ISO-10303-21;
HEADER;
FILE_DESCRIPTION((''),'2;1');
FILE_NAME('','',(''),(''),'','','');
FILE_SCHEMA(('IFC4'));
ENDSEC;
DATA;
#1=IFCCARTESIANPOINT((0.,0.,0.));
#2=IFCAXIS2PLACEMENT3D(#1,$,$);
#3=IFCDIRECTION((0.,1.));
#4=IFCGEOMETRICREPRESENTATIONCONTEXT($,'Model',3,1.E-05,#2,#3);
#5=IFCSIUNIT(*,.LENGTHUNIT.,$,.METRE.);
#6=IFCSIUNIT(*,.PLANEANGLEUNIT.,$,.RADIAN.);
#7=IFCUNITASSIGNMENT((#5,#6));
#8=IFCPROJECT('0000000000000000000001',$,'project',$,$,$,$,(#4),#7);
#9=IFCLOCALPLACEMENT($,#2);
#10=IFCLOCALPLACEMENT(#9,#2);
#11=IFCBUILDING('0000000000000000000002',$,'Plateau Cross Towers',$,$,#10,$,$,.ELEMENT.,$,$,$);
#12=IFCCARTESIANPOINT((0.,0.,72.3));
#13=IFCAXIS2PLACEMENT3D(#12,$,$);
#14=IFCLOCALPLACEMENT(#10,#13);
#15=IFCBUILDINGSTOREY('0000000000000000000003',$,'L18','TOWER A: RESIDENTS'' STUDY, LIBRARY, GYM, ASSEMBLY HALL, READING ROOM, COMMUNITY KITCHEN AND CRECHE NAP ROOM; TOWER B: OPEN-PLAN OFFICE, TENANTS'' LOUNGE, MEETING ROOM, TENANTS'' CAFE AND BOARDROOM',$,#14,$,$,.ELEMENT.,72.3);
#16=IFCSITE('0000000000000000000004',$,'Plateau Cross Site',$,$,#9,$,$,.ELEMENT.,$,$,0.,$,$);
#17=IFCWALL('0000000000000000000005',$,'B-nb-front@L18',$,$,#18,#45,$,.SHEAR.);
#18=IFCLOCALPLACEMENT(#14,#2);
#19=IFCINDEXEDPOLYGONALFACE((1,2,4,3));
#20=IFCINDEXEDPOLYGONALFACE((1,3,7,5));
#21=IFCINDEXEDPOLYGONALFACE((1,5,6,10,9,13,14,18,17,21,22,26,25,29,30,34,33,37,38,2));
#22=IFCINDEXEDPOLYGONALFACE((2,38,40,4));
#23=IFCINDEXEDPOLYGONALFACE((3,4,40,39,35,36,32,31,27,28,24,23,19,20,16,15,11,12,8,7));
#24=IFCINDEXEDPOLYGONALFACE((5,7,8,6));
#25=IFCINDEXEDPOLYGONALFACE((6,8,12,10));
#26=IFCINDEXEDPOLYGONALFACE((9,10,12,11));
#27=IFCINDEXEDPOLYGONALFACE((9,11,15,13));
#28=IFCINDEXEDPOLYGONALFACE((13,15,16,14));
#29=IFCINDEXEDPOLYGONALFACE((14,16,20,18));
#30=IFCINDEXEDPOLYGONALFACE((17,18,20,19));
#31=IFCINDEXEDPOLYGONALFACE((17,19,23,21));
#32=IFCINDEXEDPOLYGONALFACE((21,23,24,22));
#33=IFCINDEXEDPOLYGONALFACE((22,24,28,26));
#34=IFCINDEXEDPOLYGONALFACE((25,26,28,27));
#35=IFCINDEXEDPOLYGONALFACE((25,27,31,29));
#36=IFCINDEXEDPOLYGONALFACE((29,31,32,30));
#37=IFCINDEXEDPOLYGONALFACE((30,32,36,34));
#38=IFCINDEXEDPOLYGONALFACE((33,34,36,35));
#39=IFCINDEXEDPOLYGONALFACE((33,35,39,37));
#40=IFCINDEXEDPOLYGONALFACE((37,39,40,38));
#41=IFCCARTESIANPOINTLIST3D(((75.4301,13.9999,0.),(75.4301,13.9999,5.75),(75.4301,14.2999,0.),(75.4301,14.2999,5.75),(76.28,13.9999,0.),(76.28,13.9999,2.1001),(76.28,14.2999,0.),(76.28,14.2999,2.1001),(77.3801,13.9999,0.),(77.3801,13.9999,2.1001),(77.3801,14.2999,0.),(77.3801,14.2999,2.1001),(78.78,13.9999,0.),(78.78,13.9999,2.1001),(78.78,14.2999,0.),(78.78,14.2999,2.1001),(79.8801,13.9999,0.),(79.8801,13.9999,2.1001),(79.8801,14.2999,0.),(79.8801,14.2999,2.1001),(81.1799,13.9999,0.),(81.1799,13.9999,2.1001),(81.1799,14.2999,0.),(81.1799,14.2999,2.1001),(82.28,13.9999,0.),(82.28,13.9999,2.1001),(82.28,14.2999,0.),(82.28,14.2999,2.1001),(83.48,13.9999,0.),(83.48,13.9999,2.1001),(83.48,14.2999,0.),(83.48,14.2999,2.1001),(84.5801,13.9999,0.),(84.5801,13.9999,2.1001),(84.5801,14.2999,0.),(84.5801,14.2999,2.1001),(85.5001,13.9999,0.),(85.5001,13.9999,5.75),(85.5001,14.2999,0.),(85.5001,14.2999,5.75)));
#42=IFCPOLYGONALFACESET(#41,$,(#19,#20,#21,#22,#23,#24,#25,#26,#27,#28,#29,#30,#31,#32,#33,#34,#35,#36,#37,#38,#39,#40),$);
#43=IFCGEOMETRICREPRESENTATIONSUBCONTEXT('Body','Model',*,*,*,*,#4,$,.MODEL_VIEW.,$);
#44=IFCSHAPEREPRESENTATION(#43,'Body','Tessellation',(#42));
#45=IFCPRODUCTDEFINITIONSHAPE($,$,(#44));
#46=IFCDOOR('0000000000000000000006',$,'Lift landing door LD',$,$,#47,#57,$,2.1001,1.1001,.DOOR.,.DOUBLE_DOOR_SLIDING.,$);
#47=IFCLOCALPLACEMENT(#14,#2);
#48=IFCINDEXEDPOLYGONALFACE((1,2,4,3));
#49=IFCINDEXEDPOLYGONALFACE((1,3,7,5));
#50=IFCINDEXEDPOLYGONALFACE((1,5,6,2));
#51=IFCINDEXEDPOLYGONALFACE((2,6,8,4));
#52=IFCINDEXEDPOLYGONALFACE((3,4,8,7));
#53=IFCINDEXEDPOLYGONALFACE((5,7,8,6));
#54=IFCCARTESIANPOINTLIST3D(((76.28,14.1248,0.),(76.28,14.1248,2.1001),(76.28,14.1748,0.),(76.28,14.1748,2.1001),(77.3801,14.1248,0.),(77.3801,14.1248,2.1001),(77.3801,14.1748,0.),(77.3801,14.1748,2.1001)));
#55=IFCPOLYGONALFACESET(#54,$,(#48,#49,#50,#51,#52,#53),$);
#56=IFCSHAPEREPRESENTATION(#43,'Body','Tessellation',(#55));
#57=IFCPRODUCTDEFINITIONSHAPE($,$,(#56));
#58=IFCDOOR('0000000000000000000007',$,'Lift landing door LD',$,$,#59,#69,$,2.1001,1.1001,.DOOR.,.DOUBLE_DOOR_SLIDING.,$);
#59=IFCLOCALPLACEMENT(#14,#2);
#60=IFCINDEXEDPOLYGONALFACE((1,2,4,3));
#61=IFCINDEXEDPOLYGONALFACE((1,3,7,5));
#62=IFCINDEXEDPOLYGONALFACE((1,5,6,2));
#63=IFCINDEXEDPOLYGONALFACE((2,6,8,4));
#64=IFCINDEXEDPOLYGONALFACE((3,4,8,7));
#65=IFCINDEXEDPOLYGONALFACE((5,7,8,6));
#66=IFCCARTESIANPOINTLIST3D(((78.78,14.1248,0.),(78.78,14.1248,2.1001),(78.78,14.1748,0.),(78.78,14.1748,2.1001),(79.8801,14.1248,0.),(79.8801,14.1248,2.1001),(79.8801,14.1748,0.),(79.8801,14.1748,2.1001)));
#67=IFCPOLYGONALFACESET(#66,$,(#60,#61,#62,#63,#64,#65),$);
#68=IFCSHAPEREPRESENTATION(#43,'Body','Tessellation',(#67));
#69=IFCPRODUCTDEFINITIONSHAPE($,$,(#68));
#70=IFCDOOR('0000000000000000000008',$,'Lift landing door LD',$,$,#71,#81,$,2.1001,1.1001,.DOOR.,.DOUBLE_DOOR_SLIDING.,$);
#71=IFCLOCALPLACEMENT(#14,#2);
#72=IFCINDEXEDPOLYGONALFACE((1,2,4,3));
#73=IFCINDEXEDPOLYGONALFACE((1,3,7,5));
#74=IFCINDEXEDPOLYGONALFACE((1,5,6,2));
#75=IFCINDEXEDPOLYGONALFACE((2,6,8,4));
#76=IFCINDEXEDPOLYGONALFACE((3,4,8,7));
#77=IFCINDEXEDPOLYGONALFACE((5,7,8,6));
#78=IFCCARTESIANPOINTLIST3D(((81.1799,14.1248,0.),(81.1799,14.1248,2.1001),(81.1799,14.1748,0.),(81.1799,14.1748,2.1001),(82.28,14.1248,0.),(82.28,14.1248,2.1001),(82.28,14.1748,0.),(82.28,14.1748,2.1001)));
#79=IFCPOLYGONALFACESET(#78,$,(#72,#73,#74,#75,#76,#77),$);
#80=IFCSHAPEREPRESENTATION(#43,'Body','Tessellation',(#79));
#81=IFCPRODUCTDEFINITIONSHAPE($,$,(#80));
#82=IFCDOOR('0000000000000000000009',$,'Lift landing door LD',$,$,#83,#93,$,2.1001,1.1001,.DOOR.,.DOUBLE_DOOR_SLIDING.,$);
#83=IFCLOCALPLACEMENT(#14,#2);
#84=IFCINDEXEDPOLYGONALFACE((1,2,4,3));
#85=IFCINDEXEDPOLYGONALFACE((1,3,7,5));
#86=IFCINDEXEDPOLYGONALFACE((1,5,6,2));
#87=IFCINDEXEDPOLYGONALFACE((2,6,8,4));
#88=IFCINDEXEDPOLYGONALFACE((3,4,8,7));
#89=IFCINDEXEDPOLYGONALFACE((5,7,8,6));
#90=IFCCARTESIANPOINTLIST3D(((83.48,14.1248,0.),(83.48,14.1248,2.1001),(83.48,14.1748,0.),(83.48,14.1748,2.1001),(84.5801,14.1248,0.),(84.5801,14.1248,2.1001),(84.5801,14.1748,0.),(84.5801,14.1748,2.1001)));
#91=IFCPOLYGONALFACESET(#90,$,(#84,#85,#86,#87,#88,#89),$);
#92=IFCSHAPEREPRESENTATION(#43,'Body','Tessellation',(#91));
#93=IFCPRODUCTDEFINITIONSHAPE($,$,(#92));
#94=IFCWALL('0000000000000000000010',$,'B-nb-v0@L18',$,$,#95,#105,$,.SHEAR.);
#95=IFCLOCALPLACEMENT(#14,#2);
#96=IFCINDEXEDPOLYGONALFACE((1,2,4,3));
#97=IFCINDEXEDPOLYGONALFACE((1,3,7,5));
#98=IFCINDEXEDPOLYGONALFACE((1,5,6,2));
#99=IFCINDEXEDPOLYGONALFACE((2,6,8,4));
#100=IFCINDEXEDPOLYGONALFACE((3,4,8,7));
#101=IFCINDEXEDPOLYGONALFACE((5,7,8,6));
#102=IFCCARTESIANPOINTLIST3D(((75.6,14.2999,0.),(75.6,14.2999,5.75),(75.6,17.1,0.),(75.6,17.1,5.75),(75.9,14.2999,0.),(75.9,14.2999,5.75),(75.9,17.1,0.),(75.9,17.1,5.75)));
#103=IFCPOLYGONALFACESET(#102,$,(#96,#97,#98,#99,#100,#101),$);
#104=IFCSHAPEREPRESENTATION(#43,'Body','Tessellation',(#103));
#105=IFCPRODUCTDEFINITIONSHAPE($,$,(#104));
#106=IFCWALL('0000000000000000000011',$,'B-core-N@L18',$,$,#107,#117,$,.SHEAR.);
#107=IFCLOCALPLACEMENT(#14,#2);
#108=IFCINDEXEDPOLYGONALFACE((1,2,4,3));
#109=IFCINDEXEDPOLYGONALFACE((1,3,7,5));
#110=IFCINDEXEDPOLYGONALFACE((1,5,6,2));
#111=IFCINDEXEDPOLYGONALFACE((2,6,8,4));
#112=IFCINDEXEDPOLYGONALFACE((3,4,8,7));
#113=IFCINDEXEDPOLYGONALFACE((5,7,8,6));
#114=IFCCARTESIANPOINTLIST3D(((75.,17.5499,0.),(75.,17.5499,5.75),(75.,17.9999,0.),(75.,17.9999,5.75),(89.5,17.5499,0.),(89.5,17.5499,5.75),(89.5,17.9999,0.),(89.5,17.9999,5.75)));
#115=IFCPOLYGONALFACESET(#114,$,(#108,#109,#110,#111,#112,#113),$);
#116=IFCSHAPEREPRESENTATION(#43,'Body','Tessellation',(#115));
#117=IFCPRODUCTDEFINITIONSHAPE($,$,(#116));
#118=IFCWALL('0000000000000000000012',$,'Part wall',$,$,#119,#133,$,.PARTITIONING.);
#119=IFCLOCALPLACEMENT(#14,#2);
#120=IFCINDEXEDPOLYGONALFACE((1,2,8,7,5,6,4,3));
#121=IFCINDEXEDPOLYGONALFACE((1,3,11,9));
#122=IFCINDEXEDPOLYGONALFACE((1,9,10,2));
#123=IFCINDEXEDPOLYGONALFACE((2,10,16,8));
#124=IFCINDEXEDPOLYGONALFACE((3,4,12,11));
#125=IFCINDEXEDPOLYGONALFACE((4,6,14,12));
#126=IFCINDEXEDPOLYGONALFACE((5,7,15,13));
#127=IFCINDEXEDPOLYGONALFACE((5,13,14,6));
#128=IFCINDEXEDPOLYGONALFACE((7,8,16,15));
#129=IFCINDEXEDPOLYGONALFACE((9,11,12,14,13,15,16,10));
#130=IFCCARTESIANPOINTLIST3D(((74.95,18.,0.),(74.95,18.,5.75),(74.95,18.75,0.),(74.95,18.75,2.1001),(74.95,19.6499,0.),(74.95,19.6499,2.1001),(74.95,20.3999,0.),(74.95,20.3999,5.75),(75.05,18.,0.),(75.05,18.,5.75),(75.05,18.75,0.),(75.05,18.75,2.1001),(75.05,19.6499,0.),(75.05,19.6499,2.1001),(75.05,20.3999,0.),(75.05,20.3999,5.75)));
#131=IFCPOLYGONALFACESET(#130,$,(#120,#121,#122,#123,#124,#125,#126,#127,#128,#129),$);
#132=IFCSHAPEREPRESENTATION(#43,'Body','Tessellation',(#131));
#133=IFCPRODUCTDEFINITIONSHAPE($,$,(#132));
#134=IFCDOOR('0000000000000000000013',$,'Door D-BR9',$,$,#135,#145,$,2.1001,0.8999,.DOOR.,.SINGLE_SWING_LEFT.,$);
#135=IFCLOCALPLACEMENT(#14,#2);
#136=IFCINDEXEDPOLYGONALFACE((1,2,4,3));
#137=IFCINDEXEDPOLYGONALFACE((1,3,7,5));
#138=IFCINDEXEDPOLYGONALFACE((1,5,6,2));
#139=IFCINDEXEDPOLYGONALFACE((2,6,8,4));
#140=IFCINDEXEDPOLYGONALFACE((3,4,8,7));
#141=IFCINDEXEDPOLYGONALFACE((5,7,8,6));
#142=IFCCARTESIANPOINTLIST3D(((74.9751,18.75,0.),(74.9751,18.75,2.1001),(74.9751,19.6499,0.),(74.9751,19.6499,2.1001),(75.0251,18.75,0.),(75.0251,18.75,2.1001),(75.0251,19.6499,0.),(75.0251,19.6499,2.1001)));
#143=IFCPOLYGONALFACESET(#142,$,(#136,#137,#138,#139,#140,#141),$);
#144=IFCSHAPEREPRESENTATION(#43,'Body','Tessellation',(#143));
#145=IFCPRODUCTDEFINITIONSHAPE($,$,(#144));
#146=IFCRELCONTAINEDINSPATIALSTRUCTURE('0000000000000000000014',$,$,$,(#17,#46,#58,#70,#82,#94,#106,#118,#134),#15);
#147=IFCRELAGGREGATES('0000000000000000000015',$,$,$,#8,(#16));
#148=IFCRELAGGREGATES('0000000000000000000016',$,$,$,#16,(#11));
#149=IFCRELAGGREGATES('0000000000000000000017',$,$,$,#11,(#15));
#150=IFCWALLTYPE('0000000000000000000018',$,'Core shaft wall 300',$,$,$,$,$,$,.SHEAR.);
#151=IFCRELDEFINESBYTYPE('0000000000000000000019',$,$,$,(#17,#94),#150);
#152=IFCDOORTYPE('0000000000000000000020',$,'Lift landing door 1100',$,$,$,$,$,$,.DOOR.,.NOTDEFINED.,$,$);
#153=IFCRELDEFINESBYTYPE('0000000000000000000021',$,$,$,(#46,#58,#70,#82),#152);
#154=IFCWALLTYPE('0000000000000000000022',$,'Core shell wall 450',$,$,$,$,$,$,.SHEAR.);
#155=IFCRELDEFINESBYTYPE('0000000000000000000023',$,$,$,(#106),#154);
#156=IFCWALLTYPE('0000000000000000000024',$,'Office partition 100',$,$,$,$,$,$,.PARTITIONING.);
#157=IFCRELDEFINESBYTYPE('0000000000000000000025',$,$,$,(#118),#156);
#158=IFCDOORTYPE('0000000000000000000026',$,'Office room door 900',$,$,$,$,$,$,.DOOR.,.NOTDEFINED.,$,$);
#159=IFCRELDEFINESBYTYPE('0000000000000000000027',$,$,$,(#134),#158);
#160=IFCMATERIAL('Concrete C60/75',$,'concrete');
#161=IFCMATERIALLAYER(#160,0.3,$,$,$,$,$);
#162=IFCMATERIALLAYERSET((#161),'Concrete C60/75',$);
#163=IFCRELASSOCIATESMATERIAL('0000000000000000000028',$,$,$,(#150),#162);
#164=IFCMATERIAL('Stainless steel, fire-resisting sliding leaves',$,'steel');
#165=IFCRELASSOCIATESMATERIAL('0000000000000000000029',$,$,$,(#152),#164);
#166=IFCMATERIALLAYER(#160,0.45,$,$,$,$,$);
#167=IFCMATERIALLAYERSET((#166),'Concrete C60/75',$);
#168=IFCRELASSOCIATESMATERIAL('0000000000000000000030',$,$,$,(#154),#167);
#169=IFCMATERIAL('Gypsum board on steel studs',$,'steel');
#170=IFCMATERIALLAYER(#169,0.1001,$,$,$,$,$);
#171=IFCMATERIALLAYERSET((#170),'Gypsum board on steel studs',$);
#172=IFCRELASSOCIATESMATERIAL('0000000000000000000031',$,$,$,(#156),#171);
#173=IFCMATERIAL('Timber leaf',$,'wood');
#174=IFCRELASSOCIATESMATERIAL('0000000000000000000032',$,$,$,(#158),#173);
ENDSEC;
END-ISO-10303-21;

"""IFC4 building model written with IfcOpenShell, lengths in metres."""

from ifc_helpers import new_model, si_unit, direction, frame, frame_2d, origin, place, context, subcontext, project, spatial, rectangle, extrude, material, layer, layer_set, type_object, element, fill, save


model = new_model("IFC4")

# Units and contexts
model_context = context("Model", 3, precision=1e-05, world=origin(), true_north=direction((0.0, 1.0)))
body_context = subcontext(model_context, "Body", "Model", "MODEL_VIEW")
ifc_project = project(units=[si_unit("LENGTHUNIT", "METRE"), si_unit("PLANEANGLEUNIT", "RADIAN")], contexts=[model_context])

# Site, building, storey
site_placement = place(None, origin())
site = spatial("IfcSite", under=ifc_project, at=site_placement, Name="Plateau Cross Site", CompositionType="ELEMENT", RefElevation=0.0)
building_placement = place(site_placement, origin())
building = spatial("IfcBuilding", under=site, at=building_placement, Name="Plateau Cross Towers", CompositionType="ELEMENT")
storey_placement = place(building_placement, frame((0.0, 0.0, 72.3)))
storey = spatial("IfcBuildingStorey", under=building, at=storey_placement, Name="L18", Description="TOWER A: RESIDENTS' STUDY, LIBRARY, GYM, ASSEMBLY HALL, READING ROOM, COMMUNITY KITCHEN AND CRECHE NAP ROOM; TOWER B: OPEN-PLAN OFFICE, TENANTS' LOUNGE, MEETING ROOM, TENANTS' CAFE AND BOARDROOM", CompositionType="ELEMENT", Elevation=72.3)

# Shared definitions
ifc_material_1 = material(Name="Concrete C60/75", Category="concrete")

# Shared definitions
ifc_layer_1 = layer(ifc_material_1, 0.3)
ifc_layer_set_1 = layer_set([ifc_layer_1], Name="Concrete C60/75")
wall_type_1 = type_object("IfcWallType", Name="Core shaft wall 300", PredefinedType="SHEAR", material=ifc_layer_set_1)

# Wall, openings, doors
wall_1_placement = place(storey_placement, frame((75.4299, 14.1499, 0.0), z_axis=(0.0, 0.0, 1.0), x_axis=(1.0, 0.0, 0.0)))
wall_1 = element("IfcWall", 1, at=wall_1_placement, inside=storey, type_object=wall_type_1, Name="B-nb-front@L18", PredefinedType="SHEAR", context=body_context, shape_type="SweptSolid", body=[
    extrude(rectangle(XDim=10.0701, YDim=0.3, at=frame_2d((5.0352, 0.0))), origin(), (0.0, 0.0, 1.0), 5.75),
])
opening_1_placement = place(wall_1_placement, frame((0.8501, 0.0, 0.0)))
opening_1 = element("IfcOpeningElement", 2, at=opening_1_placement, cuts=wall_1, PredefinedType="OPENING", context=body_context, shape_type="SweptSolid", body=[
    extrude(rectangle(XDim=1.1001, YDim=2.1001, at=frame_2d((0.55, 1.05))), frame((0.0, 0.1599, 0.0), z_axis=(0.0, -1.0, 0.0), x_axis=(1.0, 0.0, 0.0)), (0.0, 0.0, 1.0), 0.3201),
])
opening_2_placement = place(wall_1_placement, frame((3.3501, 0.0, 0.0)))
opening_2 = element("IfcOpeningElement", 3, at=opening_2_placement, cuts=wall_1, PredefinedType="OPENING", context=body_context, shape_type="SweptSolid", body=[
    extrude(rectangle(XDim=1.1001, YDim=2.1001, at=frame_2d((0.55, 1.05))), frame((0.0, 0.1599, 0.0), z_axis=(0.0, -1.0, 0.0), x_axis=(1.0, 0.0, 0.0)), (0.0, 0.0, 1.0), 0.3201),
])
opening_3_placement = place(wall_1_placement, frame((5.75, 0.0, 0.0)))
opening_3 = element("IfcOpeningElement", 4, at=opening_3_placement, cuts=wall_1, PredefinedType="OPENING", context=body_context, shape_type="SweptSolid", body=[
    extrude(rectangle(XDim=1.1001, YDim=2.1001, at=frame_2d((0.55, 1.05))), frame((0.0, 0.1599, 0.0), z_axis=(0.0, -1.0, 0.0), x_axis=(1.0, 0.0, 0.0)), (0.0, 0.0, 1.0), 0.3201),
])
opening_4_placement = place(wall_1_placement, frame((8.05, 0.0, 0.0)))
opening_4 = element("IfcOpeningElement", 5, at=opening_4_placement, cuts=wall_1, PredefinedType="OPENING", context=body_context, shape_type="SweptSolid", body=[
    extrude(rectangle(XDim=1.1001, YDim=2.1001, at=frame_2d((0.55, 1.05))), frame((0.0, 0.1599, 0.0), z_axis=(0.0, -1.0, 0.0), x_axis=(1.0, 0.0, 0.0)), (0.0, 0.0, 1.0), 0.3201),
])
ifc_material_2 = material(Name="Stainless steel, fire-resisting sliding leaves", Category="steel")
door_type_1 = type_object("IfcDoorType", Name="Lift landing door 1100", OperationType="NOTDEFINED", PredefinedType="DOOR", material=ifc_material_2)
door_1_placement = place(opening_1_placement, origin())
door_1 = element("IfcDoor", 6, at=door_1_placement, inside=storey, type_object=door_type_1, Name="Lift landing door LD", OperationType="DOUBLE_DOOR_SLIDING", OverallHeight=2.1001, OverallWidth=1.1001, PredefinedType="DOOR", context=body_context, shape_type="SweptSolid", body=[
    extrude(rectangle(XDim=1.1001, YDim=2.1001, at=frame_2d((0.55, 1.05))), frame((0.0, 0.0249, 0.0), z_axis=(0.0, -1.0, 0.0), x_axis=(1.0, 0.0, 0.0)), (0.0, 0.0, 1.0), 0.05),
])
fill(opening_1, door_1)
door_2_placement = place(opening_2_placement, origin())
door_2 = element("IfcDoor", 7, at=door_2_placement, inside=storey, type_object=door_type_1, Name="Lift landing door LD", OperationType="DOUBLE_DOOR_SLIDING", OverallHeight=2.1001, OverallWidth=1.1001, PredefinedType="DOOR", context=body_context, shape_type="SweptSolid", body=[
    extrude(rectangle(XDim=1.1001, YDim=2.1001, at=frame_2d((0.55, 1.05))), frame((0.0, 0.0249, 0.0), z_axis=(0.0, -1.0, 0.0), x_axis=(1.0, 0.0, 0.0)), (0.0, 0.0, 1.0), 0.05),
])
fill(opening_2, door_2)
door_3_placement = place(opening_3_placement, origin())
door_3 = element("IfcDoor", 8, at=door_3_placement, inside=storey, type_object=door_type_1, Name="Lift landing door LD", OperationType="DOUBLE_DOOR_SLIDING", OverallHeight=2.1001, OverallWidth=1.1001, PredefinedType="DOOR", context=body_context, shape_type="SweptSolid", body=[
    extrude(rectangle(XDim=1.1001, YDim=2.1001, at=frame_2d((0.55, 1.05))), frame((0.0, 0.0249, 0.0), z_axis=(0.0, -1.0, 0.0), x_axis=(1.0, 0.0, 0.0)), (0.0, 0.0, 1.0), 0.05),
])
fill(opening_3, door_3)
door_4_placement = place(opening_4_placement, origin())
door_4 = element("IfcDoor", 9, at=door_4_placement, inside=storey, type_object=door_type_1, Name="Lift landing door LD", OperationType="DOUBLE_DOOR_SLIDING", OverallHeight=2.1001, OverallWidth=1.1001, PredefinedType="DOOR", context=body_context, shape_type="SweptSolid", body=[
    extrude(rectangle(XDim=1.1001, YDim=2.1001, at=frame_2d((0.55, 1.05))), frame((0.0, 0.0249, 0.0), z_axis=(0.0, -1.0, 0.0), x_axis=(1.0, 0.0, 0.0)), (0.0, 0.0, 1.0), 0.05),
])
fill(opening_4, door_4)

# Walls
wall_2_placement = place(storey_placement, frame((75.75, 14.3, 0.0), z_axis=(0.0, 0.0, 1.0), x_axis=(0.0, 1.0, 0.0)))
element("IfcWall", 10, at=wall_2_placement, inside=storey, type_object=wall_type_1, Name="B-nb-v0@L18", PredefinedType="SHEAR", context=body_context, shape_type="SweptSolid", body=[
    extrude(rectangle(XDim=2.8, YDim=0.3, at=frame_2d((1.3999, 0.0))), origin(), (0.0, 0.0, 1.0), 5.75),
])
ifc_layer_2 = layer(ifc_material_1, 0.45)
ifc_layer_set_2 = layer_set([ifc_layer_2], Name="Concrete C60/75")
wall_type_2 = type_object("IfcWallType", Name="Core shell wall 450", PredefinedType="SHEAR", material=ifc_layer_set_2)
wall_3_placement = place(storey_placement, frame((75.0, 17.7749, 0.0), z_axis=(0.0, 0.0, 1.0), x_axis=(1.0, 0.0, 0.0)))
element("IfcWall", 11, at=wall_3_placement, inside=storey, type_object=wall_type_2, Name="B-core-N@L18", PredefinedType="SHEAR", context=body_context, shape_type="SweptSolid", body=[
    extrude(rectangle(XDim=14.5, YDim=0.45, at=frame_2d((7.25, 0.0))), origin(), (0.0, 0.0, 1.0), 5.75),
])

# Wall, opening, door
ifc_material_3 = material(Name="Gypsum board on steel studs", Category="steel")
ifc_layer_3 = layer(ifc_material_3, 0.1001)
ifc_layer_set_3 = layer_set([ifc_layer_3], Name="Gypsum board on steel studs")
wall_type_3 = type_object("IfcWallType", Name="Office partition 100", PredefinedType="PARTITIONING", material=ifc_layer_set_3)
wall_4_placement = place(storey_placement, frame((75.0, 18.0, 0.0), z_axis=(0.0, 0.0, 1.0), x_axis=(0.0, 1.0, 0.0)))
wall_4 = element("IfcWall", 12, at=wall_4_placement, inside=storey, type_object=wall_type_3, Name="Part wall", PredefinedType="PARTITIONING", context=body_context, shape_type="SweptSolid", body=[
    extrude(rectangle(XDim=2.3999, YDim=0.1001, at=frame_2d((1.2, 0.0))), origin(), (0.0, 0.0, 1.0), 5.75),
])
opening_5_placement = place(wall_4_placement, frame((0.75, 0.0, 0.0)))
opening_5 = element("IfcOpeningElement", 13, at=opening_5_placement, cuts=wall_4, PredefinedType="OPENING", context=body_context, shape_type="SweptSolid", body=[
    extrude(rectangle(XDim=0.8999, YDim=2.1001, at=frame_2d((0.45, 1.05))), frame((0.0, 0.0601, 0.0), z_axis=(0.0, -1.0, 0.0), x_axis=(1.0, 0.0, 0.0)), (0.0, 0.0, 1.0), 0.1201),
])
ifc_material_4 = material(Name="Timber leaf", Category="wood")
door_type_2 = type_object("IfcDoorType", Name="Office room door 900", OperationType="NOTDEFINED", PredefinedType="DOOR", material=ifc_material_4)
door_5_placement = place(opening_5_placement, origin())
door_5 = element("IfcDoor", 14, at=door_5_placement, inside=storey, type_object=door_type_2, Name="Door D-BR9", OperationType="SINGLE_SWING_LEFT", OverallHeight=2.1001, OverallWidth=0.8999, PredefinedType="DOOR", context=body_context, shape_type="SweptSolid", body=[
    extrude(rectangle(XDim=0.8999, YDim=2.1001, at=frame_2d((0.45, 1.05))), frame((0.0, 0.0249, 0.0), z_axis=(0.0, -1.0, 0.0), x_axis=(1.0, 0.0, 0.0)), (0.0, 0.0, 1.0), 0.05),
])
fill(opening_5, door_5)

save(model, "model.ifc")
